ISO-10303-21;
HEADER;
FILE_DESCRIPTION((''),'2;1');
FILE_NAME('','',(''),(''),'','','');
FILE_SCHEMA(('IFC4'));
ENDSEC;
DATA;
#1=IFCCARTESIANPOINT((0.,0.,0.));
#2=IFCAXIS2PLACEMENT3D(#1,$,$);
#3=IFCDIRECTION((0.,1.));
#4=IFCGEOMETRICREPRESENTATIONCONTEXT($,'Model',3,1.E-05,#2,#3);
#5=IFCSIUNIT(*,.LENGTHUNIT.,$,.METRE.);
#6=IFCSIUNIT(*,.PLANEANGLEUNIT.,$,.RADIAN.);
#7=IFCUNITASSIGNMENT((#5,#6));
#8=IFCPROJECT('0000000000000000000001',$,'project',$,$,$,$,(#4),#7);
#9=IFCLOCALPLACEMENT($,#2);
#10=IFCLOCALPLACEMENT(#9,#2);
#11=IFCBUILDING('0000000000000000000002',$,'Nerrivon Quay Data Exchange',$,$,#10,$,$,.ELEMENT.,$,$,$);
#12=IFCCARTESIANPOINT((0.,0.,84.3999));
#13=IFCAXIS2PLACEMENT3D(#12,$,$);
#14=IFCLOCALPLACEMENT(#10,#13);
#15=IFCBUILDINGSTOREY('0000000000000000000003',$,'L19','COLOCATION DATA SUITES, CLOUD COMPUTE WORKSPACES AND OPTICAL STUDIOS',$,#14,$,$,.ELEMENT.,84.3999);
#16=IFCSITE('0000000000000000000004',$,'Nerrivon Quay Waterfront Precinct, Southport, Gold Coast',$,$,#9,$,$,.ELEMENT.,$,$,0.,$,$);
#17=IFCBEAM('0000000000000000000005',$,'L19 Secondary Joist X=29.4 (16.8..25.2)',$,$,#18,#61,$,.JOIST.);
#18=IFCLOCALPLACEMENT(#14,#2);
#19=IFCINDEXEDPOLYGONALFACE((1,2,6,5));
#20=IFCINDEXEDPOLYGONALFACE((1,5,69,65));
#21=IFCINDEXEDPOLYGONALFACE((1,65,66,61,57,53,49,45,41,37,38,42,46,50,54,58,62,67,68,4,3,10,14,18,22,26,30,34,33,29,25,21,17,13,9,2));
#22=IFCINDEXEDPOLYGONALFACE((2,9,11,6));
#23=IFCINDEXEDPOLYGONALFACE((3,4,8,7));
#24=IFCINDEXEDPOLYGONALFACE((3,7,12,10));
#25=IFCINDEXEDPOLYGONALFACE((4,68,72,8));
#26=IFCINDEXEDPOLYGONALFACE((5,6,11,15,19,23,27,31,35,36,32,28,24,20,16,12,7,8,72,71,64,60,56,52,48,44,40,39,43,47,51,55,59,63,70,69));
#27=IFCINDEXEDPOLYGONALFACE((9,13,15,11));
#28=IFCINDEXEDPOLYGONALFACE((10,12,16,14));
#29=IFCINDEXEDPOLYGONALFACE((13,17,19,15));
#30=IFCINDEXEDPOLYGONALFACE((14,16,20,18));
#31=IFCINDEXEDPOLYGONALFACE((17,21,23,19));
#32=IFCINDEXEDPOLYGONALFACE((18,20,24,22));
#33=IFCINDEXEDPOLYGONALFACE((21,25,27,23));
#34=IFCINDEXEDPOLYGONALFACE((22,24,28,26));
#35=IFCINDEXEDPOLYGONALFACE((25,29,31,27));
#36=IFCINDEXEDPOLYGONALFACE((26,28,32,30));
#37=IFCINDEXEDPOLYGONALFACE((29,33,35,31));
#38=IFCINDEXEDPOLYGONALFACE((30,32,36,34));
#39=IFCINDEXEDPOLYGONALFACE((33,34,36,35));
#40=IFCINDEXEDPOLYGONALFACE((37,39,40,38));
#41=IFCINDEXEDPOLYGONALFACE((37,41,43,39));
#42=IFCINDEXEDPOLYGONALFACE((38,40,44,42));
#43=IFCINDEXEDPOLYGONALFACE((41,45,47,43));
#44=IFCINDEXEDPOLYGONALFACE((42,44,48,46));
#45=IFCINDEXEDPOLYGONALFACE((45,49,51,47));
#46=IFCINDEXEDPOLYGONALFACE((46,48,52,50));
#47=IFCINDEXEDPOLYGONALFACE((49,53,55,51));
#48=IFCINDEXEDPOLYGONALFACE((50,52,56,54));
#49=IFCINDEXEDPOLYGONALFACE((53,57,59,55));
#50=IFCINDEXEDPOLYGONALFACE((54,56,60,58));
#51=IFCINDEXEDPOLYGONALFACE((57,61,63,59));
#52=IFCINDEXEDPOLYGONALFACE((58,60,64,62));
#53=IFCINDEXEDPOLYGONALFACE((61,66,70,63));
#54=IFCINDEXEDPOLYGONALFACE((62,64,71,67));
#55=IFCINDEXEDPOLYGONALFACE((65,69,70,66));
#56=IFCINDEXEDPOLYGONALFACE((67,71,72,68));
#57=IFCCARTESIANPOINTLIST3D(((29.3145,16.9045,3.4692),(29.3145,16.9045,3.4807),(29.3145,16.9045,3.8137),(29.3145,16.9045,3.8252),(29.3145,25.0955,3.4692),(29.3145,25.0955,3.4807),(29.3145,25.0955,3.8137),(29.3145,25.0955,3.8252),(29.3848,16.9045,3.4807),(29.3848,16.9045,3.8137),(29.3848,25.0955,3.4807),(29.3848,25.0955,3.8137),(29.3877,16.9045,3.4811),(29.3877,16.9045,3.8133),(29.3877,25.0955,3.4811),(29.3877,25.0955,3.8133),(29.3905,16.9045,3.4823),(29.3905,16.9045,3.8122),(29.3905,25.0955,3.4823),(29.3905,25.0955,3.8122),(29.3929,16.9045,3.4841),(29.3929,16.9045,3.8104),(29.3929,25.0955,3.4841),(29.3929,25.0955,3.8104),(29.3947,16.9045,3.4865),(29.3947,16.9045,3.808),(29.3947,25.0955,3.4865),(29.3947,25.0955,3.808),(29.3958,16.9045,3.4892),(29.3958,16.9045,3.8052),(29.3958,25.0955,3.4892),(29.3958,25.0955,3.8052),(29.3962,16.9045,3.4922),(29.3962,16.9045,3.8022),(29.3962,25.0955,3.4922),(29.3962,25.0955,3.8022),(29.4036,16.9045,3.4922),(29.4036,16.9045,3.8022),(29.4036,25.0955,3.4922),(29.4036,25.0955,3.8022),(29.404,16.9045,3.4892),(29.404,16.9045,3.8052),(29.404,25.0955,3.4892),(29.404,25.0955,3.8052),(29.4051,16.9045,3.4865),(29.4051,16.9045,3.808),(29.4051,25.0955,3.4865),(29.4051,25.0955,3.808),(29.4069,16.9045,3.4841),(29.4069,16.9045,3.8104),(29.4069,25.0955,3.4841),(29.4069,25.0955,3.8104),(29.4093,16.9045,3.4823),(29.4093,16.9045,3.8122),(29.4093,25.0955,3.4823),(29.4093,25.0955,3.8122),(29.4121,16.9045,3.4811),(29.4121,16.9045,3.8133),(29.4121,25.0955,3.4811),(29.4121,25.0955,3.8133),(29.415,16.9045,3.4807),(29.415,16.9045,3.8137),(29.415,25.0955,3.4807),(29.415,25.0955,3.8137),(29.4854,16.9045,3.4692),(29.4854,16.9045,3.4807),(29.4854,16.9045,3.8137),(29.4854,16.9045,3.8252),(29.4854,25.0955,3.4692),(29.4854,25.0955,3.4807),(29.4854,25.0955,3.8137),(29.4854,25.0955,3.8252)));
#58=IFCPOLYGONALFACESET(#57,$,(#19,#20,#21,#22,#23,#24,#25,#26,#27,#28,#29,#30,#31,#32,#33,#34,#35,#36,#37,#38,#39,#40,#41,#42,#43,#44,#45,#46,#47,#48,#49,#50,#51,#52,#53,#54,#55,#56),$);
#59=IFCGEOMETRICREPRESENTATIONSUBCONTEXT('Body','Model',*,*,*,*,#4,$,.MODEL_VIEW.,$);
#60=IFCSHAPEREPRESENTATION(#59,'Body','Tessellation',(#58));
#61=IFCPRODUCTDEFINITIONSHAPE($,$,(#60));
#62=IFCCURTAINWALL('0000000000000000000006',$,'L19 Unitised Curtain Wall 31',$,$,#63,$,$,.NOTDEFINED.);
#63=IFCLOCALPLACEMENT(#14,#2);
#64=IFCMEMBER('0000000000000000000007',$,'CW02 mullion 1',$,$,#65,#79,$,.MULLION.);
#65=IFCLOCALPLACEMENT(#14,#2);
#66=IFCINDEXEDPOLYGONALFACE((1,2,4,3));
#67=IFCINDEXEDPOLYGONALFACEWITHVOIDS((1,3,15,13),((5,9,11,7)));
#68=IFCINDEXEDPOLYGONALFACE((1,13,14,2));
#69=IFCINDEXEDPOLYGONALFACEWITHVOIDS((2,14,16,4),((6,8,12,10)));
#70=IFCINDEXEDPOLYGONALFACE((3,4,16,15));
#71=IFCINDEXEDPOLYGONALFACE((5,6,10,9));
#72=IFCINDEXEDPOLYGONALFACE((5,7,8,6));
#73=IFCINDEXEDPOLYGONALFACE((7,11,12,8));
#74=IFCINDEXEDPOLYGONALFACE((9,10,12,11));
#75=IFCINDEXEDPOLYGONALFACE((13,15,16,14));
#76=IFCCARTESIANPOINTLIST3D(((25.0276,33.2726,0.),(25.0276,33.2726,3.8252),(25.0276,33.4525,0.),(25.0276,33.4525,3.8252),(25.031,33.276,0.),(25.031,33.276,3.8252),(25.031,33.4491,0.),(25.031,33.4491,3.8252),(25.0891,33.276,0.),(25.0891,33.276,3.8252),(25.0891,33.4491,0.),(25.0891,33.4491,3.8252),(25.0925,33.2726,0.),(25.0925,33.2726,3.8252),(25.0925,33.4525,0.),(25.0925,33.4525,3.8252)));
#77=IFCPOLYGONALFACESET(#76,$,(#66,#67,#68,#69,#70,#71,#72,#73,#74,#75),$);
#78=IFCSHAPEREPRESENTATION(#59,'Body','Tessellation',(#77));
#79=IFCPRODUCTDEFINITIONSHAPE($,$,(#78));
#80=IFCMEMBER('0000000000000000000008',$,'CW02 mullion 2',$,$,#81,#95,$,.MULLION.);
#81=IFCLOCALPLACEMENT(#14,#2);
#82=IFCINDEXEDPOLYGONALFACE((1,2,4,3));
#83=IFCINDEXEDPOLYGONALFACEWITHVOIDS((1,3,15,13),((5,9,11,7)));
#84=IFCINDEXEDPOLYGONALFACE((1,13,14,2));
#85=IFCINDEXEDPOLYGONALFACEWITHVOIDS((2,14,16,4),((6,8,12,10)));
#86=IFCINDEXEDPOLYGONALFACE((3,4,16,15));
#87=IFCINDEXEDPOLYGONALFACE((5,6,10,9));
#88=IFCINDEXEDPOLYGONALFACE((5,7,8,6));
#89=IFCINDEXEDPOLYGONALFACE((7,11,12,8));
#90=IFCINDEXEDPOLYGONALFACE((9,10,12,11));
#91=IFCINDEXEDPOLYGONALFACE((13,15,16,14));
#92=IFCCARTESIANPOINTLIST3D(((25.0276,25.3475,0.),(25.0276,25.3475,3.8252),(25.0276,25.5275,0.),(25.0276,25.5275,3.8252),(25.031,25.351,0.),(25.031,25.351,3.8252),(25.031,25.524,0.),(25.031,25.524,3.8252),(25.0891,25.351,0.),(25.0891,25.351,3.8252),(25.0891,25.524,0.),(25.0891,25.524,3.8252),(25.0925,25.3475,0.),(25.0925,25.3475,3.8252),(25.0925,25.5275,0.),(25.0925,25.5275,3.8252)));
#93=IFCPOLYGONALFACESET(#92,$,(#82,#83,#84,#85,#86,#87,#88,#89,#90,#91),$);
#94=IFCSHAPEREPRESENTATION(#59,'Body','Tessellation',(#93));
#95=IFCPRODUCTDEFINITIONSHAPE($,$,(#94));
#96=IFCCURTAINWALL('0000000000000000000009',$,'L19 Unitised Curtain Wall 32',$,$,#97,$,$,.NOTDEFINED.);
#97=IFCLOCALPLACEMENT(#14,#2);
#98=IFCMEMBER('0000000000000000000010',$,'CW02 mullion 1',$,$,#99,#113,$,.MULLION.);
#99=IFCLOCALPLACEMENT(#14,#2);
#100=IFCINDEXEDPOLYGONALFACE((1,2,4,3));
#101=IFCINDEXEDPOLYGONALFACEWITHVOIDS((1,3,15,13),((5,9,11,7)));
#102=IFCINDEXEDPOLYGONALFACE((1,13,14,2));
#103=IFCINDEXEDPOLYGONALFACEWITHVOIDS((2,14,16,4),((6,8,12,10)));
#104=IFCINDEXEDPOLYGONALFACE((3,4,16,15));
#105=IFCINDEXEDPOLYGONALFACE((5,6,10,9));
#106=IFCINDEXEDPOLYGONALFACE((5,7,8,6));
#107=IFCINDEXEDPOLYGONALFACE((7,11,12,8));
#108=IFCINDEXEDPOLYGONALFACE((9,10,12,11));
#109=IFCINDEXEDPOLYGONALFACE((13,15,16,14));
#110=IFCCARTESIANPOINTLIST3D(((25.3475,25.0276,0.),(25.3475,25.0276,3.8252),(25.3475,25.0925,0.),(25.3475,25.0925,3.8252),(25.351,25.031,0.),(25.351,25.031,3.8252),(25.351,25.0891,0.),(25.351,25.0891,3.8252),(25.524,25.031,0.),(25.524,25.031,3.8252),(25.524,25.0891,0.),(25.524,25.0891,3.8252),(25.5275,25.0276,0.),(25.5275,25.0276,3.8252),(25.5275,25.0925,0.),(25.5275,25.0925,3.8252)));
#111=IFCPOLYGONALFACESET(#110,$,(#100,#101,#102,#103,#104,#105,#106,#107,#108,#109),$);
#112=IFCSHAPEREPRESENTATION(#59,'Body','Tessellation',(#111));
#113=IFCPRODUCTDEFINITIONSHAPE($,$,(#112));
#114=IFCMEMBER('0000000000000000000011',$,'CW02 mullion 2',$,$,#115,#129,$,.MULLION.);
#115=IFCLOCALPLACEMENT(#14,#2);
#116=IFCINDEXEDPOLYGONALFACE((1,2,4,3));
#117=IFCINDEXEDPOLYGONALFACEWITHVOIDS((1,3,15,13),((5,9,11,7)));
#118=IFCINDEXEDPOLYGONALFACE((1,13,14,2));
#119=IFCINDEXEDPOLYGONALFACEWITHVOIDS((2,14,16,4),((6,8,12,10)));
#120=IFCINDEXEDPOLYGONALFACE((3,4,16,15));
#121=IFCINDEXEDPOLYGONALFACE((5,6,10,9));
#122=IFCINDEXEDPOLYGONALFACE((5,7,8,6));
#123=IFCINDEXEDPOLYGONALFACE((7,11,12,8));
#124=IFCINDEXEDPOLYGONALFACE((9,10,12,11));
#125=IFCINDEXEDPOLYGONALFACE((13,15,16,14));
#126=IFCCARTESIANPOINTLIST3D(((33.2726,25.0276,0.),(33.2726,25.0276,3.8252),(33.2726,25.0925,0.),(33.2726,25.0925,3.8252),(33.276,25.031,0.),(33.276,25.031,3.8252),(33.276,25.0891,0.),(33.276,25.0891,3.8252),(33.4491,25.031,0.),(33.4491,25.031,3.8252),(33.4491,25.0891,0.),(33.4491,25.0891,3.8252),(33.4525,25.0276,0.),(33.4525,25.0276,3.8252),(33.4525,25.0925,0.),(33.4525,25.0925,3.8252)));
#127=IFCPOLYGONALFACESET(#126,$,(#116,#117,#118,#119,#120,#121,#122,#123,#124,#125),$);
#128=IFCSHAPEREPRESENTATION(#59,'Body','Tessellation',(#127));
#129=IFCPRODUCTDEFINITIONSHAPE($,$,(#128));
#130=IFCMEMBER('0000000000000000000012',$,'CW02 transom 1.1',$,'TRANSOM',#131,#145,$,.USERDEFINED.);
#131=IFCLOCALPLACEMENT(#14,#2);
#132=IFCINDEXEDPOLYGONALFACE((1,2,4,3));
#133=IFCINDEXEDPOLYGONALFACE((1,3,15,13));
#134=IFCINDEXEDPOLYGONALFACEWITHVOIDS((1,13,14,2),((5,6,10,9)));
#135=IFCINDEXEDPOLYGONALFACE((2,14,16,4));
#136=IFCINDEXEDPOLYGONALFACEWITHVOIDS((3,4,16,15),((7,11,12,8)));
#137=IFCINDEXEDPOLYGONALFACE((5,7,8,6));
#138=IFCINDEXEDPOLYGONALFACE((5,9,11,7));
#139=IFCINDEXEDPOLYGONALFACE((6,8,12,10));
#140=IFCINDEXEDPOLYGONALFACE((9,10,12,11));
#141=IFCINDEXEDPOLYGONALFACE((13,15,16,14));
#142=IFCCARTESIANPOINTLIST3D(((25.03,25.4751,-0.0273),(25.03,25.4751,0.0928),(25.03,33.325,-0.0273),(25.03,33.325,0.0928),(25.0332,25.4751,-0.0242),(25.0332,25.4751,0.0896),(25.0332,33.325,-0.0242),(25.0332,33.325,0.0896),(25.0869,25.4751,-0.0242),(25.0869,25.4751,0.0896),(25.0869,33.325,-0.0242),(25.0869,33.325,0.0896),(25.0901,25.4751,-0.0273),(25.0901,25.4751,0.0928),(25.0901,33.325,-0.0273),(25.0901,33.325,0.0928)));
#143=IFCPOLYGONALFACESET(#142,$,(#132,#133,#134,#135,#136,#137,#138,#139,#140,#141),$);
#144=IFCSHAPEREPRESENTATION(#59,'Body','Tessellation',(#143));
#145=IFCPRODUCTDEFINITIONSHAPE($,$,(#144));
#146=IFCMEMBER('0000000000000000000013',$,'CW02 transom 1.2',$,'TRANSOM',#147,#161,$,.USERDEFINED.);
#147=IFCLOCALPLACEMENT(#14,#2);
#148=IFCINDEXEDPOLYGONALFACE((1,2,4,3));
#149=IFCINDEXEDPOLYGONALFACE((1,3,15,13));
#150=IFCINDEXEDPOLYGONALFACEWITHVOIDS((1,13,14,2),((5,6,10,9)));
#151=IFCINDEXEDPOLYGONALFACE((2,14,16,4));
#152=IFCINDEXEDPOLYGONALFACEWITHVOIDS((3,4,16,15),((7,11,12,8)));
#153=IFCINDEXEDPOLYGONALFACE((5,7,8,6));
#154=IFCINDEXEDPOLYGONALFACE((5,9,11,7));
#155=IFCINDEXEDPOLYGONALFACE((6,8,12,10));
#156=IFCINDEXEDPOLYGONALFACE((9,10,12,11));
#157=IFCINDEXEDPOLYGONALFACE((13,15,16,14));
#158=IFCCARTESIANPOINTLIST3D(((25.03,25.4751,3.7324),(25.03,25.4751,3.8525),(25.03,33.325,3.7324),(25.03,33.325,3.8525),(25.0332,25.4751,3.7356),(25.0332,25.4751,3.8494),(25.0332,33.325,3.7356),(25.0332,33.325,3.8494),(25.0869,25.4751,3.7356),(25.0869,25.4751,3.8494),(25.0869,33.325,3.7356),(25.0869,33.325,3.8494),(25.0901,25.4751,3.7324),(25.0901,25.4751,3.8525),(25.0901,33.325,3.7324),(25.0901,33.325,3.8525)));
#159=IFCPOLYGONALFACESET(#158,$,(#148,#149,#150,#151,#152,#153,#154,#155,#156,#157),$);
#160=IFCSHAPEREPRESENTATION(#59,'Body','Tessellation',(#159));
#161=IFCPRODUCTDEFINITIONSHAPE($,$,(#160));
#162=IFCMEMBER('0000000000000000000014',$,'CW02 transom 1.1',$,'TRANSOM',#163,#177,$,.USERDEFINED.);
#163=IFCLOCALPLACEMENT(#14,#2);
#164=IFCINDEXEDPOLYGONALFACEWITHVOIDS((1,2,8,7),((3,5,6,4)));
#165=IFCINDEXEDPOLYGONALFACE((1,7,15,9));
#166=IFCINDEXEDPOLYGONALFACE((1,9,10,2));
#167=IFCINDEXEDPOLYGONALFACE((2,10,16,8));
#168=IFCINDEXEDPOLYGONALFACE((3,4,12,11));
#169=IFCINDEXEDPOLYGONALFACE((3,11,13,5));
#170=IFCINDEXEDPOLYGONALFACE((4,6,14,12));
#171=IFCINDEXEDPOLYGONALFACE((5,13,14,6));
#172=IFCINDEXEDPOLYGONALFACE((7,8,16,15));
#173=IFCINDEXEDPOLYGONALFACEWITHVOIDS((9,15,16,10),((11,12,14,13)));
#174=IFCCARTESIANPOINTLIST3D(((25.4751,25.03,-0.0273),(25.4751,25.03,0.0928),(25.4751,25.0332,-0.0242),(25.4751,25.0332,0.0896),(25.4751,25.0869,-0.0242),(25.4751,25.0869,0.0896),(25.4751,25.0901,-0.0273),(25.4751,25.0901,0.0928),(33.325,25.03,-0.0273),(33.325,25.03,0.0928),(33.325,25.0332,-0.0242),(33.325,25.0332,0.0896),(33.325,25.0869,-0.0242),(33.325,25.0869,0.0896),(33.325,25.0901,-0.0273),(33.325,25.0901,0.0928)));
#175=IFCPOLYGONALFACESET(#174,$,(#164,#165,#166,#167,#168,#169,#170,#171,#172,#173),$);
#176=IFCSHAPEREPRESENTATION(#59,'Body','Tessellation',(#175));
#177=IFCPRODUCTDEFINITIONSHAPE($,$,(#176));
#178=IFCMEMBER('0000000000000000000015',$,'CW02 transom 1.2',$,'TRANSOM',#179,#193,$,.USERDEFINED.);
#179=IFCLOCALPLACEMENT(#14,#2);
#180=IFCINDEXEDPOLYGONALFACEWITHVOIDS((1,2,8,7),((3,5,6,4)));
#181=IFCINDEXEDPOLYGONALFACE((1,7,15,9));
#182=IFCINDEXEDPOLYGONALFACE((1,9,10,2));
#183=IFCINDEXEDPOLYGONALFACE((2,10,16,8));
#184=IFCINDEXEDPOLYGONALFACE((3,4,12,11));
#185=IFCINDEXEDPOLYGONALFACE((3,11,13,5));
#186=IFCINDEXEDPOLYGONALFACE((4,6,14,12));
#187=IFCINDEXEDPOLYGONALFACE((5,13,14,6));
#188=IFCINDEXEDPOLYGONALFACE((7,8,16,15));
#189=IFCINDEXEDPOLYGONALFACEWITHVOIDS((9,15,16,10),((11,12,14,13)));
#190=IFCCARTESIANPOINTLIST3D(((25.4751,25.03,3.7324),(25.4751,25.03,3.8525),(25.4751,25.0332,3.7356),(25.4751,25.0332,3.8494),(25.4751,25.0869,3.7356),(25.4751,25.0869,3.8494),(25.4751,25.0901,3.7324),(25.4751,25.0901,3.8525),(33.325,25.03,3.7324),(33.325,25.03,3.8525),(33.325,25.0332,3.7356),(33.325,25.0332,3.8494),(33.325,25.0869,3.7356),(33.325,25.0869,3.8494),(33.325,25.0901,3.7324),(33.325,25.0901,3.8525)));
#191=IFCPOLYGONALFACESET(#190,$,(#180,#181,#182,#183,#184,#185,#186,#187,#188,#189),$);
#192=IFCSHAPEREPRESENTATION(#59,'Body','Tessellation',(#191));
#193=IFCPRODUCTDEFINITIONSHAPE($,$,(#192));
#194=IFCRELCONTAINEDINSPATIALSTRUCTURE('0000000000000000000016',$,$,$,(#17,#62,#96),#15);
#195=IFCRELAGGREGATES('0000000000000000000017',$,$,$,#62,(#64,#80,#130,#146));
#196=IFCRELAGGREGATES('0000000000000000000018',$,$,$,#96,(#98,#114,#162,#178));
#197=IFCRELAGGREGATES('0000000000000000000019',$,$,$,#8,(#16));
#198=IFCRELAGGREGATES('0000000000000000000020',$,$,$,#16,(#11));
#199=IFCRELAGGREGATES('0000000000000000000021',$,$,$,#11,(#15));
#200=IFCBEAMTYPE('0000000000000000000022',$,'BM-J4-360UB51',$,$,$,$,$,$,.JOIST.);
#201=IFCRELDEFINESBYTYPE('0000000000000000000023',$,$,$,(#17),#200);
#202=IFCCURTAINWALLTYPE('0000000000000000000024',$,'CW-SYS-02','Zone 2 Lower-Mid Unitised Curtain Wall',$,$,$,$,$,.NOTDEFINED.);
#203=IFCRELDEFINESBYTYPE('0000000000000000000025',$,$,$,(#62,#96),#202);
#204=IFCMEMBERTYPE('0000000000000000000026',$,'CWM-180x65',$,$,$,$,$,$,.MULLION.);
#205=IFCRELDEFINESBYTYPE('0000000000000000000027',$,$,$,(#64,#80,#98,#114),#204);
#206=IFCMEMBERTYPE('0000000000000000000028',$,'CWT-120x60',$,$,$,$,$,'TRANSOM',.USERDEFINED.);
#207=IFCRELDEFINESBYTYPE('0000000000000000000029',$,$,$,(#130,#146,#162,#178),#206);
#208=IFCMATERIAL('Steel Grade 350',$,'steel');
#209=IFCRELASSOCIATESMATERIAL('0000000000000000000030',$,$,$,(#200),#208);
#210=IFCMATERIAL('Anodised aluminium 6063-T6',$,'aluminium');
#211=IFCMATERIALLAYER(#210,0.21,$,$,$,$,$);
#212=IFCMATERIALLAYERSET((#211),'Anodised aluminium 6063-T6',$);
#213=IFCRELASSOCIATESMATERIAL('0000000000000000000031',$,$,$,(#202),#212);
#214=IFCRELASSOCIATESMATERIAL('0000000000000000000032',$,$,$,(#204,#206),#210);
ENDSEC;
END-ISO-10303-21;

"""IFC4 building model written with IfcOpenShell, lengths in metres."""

from ifc_helpers import new_model, si_unit, direction, frame, origin, origin_2d, place, context, subcontext, project, spatial, hollow_rectangle, i_section, extrude, material, layer, layer_set, material_profile, profile_set, type_object, element, aggregate, save


model = new_model("IFC4")

# Units and contexts
model_context = context("Model", 3, precision=1e-05, world=origin(), true_north=direction((0.0, 1.0)))
body_context = subcontext(model_context, "Body", "Model", "MODEL_VIEW")
ifc_project = project(units=[si_unit("LENGTHUNIT", "METRE"), si_unit("PLANEANGLEUNIT", "RADIAN")], contexts=[model_context])

# Site, building, storey
site_placement = place(None, origin())
site = spatial("IfcSite", under=ifc_project, at=site_placement, Name="Nerrivon Quay Waterfront Precinct, Southport, Gold Coast", CompositionType="ELEMENT", RefElevation=0.0)
building_placement = place(site_placement, origin())
building = spatial("IfcBuilding", under=site, at=building_placement, Name="Nerrivon Quay Data Exchange", CompositionType="ELEMENT")
storey_placement = place(building_placement, frame((0.0, 0.0, 84.3999)))
storey = spatial("IfcBuildingStorey", under=building, at=storey_placement, Name="L19", Description="COLOCATION DATA SUITES, CLOUD COMPUTE WORKSPACES AND OPTICAL STUDIOS", CompositionType="ELEMENT", Elevation=84.3999)

# Shared definitions
ifc_material_1 = material(Name="Steel Grade 350", Category="steel")

# Beam
ifc_material_profile_1 = material_profile(ifc_material_1, i_section(OverallWidth=0.1709, OverallDepth=0.356, WebThickness=0.0073, FlangeThickness=0.0115, FilletRadius=0.0115, at=origin_2d()), Name="360UB50.7")
ifc_profile_set_1 = profile_set([ifc_material_profile_1], Name="Steel Grade 350")
beam_type_1 = type_object("IfcBeamType", Name="BM-J4-360UB51", PredefinedType="JOIST", material=ifc_profile_set_1)
beam_1_placement = place(storey_placement, frame((29.3999, 16.9045, 3.6472), z_axis=(0.0, 1.0, 0.0), x_axis=(-1.0, 0.0, 0.0)))
element("IfcBeam", 1, at=beam_1_placement, inside=storey, type_object=beam_type_1, Name="L19 Secondary Joist X=29.4 (16.8..25.2)", PredefinedType="JOIST", context=body_context, shape_type="SweptSolid", body=[
    extrude(i_section(OverallWidth=0.1709, OverallDepth=0.356, WebThickness=0.0073, FlangeThickness=0.0115, FilletRadius=0.0115, at=origin_2d()), origin(), (0.0, 0.0, 1.0), 8.1909),
])

# Curtain walls, members
ifc_material_2 = material(Name="Anodised aluminium 6063-T6", Category="aluminium")
ifc_layer_1 = layer(ifc_material_2, 0.21)
ifc_layer_set_1 = layer_set([ifc_layer_1], Name="Anodised aluminium 6063-T6")
curtain_wall_type = type_object("IfcCurtainWallType", Name="CW-SYS-02", Description="Zone 2 Lower-Mid Unitised Curtain Wall", PredefinedType="NOTDEFINED", material=ifc_layer_set_1)
curtain_wall_1_placement = place(storey_placement, origin())
curtain_wall_1 = element("IfcCurtainWall", 2, at=curtain_wall_1_placement, inside=storey, type_object=curtain_wall_type, Name="L19 Unitised Curtain Wall 31", PredefinedType="NOTDEFINED")
ifc_material_profile_2 = material_profile(ifc_material_2, hollow_rectangle(XDim=0.0649, YDim=0.1799, WallThickness=0.0034, at=origin_2d()), Name="ALU-MULL-180x65")
ifc_profile_set_2 = profile_set([ifc_material_profile_2], Name="Anodised aluminium 6063-T6")
member_type_1 = type_object("IfcMemberType", Name="CWM-180x65", PredefinedType="MULLION", material=ifc_profile_set_2)
member_1_placement = place(storey_placement, frame((25.0601, 33.3625, 0.0), z_axis=(0.0, 0.0, 1.0), x_axis=(1.0, 0.0, 0.0)))
member_1 = element("IfcMember", 3, at=member_1_placement, type_object=member_type_1, Name="CW02 mullion 1", PredefinedType="MULLION", context=body_context, shape_type="SweptSolid", body=[
    extrude(hollow_rectangle(XDim=0.0649, YDim=0.1799, WallThickness=0.0034, at=origin_2d()), origin(), (0.0, 0.0, 1.0), 3.8252),
])
member_2_placement = place(storey_placement, frame((25.0601, 25.4375, 0.0), z_axis=(0.0, 0.0, 1.0), x_axis=(1.0, 0.0, 0.0)))
member_2 = element("IfcMember", 4, at=member_2_placement, type_object=member_type_1, Name="CW02 mullion 2", PredefinedType="MULLION", context=body_context, shape_type="SweptSolid", body=[
    extrude(hollow_rectangle(XDim=0.0649, YDim=0.1799, WallThickness=0.0034, at=origin_2d()), origin(), (0.0, 0.0, 1.0), 3.8252),
])
curtain_wall_2_placement = place(storey_placement, origin())
curtain_wall_2 = element("IfcCurtainWall", 5, at=curtain_wall_2_placement, inside=storey, type_object=curtain_wall_type, Name="L19 Unitised Curtain Wall 32", PredefinedType="NOTDEFINED")
member_3_placement = place(storey_placement, frame((25.4375, 25.0601, 0.0), z_axis=(0.0, 0.0, 1.0), x_axis=(0.0, 1.0, 0.0)))
member_3 = element("IfcMember", 6, at=member_3_placement, type_object=member_type_1, Name="CW02 mullion 1", PredefinedType="MULLION", context=body_context, shape_type="SweptSolid", body=[
    extrude(hollow_rectangle(XDim=0.0649, YDim=0.1799, WallThickness=0.0034, at=origin_2d()), origin(), (0.0, 0.0, 1.0), 3.8252),
])
member_4_placement = place(storey_placement, frame((33.3625, 25.0601, 0.0), z_axis=(0.0, 0.0, 1.0), x_axis=(0.0, 1.0, 0.0)))
member_4 = element("IfcMember", 7, at=member_4_placement, type_object=member_type_1, Name="CW02 mullion 2", PredefinedType="MULLION", context=body_context, shape_type="SweptSolid", body=[
    extrude(hollow_rectangle(XDim=0.0649, YDim=0.1799, WallThickness=0.0034, at=origin_2d()), origin(), (0.0, 0.0, 1.0), 3.8252),
])

# Members
ifc_material_profile_3 = material_profile(ifc_material_2, hollow_rectangle(XDim=0.0601, YDim=0.1201, WallThickness=0.0032, at=origin_2d()), Name="ALU-TRAN-120x60")
ifc_profile_set_3 = profile_set([ifc_material_profile_3], Name="Anodised aluminium 6063-T6")
member_type_2 = type_object("IfcMemberType", Name="CWT-120x60", ElementType="TRANSOM", PredefinedType="USERDEFINED", material=ifc_profile_set_3)
member_5_placement = place(storey_placement, frame((25.0601, 33.325, 0.0327), z_axis=(0.0, -1.0, 0.0), x_axis=(1.0, 0.0, 0.0)))
member_5 = element("IfcMember", 8, at=member_5_placement, type_object=member_type_2, Name="CW02 transom 1.1", ObjectType="TRANSOM", PredefinedType="USERDEFINED", context=body_context, shape_type="SweptSolid", body=[
    extrude(hollow_rectangle(XDim=0.0601, YDim=0.1201, WallThickness=0.0032, at=origin_2d()), origin(), (0.0, 0.0, 1.0), 7.8499),
])
member_6_placement = place(storey_placement, frame((25.0601, 33.325, 3.7925), z_axis=(0.0, -1.0, 0.0), x_axis=(1.0, 0.0, 0.0)))
member_6 = element("IfcMember", 9, at=member_6_placement, type_object=member_type_2, Name="CW02 transom 1.2", ObjectType="TRANSOM", PredefinedType="USERDEFINED", context=body_context, shape_type="SweptSolid", body=[
    extrude(hollow_rectangle(XDim=0.0601, YDim=0.1201, WallThickness=0.0032, at=origin_2d()), origin(), (0.0, 0.0, 1.0), 7.8499),
])
member_7_placement = place(storey_placement, frame((25.4751, 25.0601, 0.0327), z_axis=(1.0, 0.0, 0.0), x_axis=(0.0, 1.0, 0.0)))
member_7 = element("IfcMember", 10, at=member_7_placement, type_object=member_type_2, Name="CW02 transom 1.1", ObjectType="TRANSOM", PredefinedType="USERDEFINED", context=body_context, shape_type="SweptSolid", body=[
    extrude(hollow_rectangle(XDim=0.0601, YDim=0.1201, WallThickness=0.0032, at=origin_2d()), origin(), (0.0, 0.0, 1.0), 7.8499),
])
member_8_placement = place(storey_placement, frame((25.4751, 25.0601, 3.7925), z_axis=(1.0, 0.0, 0.0), x_axis=(0.0, 1.0, 0.0)))
member_8 = element("IfcMember", 11, at=member_8_placement, type_object=member_type_2, Name="CW02 transom 1.2", ObjectType="TRANSOM", PredefinedType="USERDEFINED", context=body_context, shape_type="SweptSolid", body=[
    extrude(hollow_rectangle(XDim=0.0601, YDim=0.1201, WallThickness=0.0032, at=origin_2d()), origin(), (0.0, 0.0, 1.0), 7.8499),
])

aggregate(curtain_wall_1, [member_1, member_2, member_5, member_6])
aggregate(curtain_wall_2, [member_3, member_4, member_7, member_8])

save(model, "model.ifc")
